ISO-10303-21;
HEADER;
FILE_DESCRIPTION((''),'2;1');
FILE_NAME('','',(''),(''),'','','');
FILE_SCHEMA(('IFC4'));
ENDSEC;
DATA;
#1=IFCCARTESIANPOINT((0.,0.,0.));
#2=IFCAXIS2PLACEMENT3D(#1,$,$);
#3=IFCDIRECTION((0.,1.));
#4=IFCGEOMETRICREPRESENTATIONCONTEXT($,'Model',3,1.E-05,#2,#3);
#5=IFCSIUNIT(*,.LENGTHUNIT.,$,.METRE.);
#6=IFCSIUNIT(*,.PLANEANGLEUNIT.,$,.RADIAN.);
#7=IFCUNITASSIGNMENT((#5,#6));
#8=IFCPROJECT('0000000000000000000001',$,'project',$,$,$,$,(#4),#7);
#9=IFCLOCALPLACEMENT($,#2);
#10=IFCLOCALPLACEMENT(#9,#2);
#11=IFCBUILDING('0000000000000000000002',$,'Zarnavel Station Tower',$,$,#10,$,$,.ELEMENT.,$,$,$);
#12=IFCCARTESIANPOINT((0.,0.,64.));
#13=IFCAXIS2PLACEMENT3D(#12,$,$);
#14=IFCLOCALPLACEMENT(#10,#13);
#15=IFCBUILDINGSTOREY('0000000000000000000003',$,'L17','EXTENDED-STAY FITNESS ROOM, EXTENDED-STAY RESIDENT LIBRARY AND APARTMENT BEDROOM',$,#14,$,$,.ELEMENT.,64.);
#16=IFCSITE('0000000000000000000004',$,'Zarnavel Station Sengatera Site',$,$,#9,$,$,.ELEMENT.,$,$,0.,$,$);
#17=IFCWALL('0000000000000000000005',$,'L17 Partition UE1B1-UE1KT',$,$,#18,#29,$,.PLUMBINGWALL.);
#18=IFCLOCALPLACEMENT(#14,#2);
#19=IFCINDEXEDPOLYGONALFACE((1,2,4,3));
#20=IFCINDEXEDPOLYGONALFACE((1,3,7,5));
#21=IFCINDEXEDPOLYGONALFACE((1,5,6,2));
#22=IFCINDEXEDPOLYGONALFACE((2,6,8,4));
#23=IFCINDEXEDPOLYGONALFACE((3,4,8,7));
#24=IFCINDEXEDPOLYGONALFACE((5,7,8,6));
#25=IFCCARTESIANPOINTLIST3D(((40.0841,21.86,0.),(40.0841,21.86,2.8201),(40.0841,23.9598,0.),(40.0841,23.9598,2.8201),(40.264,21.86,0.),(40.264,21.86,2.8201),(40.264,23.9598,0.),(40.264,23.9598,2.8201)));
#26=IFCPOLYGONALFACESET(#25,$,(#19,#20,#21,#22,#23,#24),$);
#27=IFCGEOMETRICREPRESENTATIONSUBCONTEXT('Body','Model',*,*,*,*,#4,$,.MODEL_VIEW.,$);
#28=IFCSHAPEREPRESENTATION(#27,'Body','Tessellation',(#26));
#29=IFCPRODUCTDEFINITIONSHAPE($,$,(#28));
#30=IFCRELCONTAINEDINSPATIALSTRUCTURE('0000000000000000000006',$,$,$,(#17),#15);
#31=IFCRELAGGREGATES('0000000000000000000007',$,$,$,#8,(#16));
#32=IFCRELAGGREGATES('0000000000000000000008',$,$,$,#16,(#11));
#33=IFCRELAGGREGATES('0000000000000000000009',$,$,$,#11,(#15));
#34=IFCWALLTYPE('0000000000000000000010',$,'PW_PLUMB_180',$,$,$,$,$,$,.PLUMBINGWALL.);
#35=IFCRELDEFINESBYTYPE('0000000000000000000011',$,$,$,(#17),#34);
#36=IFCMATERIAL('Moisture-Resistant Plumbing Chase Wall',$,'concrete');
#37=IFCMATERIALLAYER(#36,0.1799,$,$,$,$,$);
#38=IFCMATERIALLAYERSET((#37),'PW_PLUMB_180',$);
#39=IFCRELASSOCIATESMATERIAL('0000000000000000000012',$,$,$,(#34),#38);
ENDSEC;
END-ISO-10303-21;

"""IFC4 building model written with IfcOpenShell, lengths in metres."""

from ifc_helpers import new_model, si_unit, direction, frame, frame_2d, origin, place, context, subcontext, project, spatial, rectangle, extrude, material, layer, layer_set, type_object, element, save


model = new_model("IFC4")

# Units and contexts
model_context = context("Model", 3, precision=1e-05, world=origin(), true_north=direction((0.0, 1.0)))
body_context = subcontext(model_context, "Body", "Model", "MODEL_VIEW")
ifc_project = project(units=[si_unit("LENGTHUNIT", "METRE"), si_unit("PLANEANGLEUNIT", "RADIAN")], contexts=[model_context])

# Site, building, storey
site_placement = place(None, origin())
site = spatial("IfcSite", under=ifc_project, at=site_placement, Name="Zarnavel Station Sengatera Site", CompositionType="ELEMENT", RefElevation=0.0)
building_placement = place(site_placement, origin())
building = spatial("IfcBuilding", under=site, at=building_placement, Name="Zarnavel Station Tower", CompositionType="ELEMENT")
storey_placement = place(building_placement, frame((0.0, 0.0, 64.0)))
storey = spatial("IfcBuildingStorey", under=building, at=storey_placement, Name="L17", Description="EXTENDED-STAY FITNESS ROOM, EXTENDED-STAY RESIDENT LIBRARY AND APARTMENT BEDROOM", CompositionType="ELEMENT", Elevation=64.0)

# Wall
ifc_material_1 = material(Name="Moisture-Resistant Plumbing Chase Wall", Category="concrete")
ifc_layer_1 = layer(ifc_material_1, 0.1799)
ifc_layer_set_1 = layer_set([ifc_layer_1], Name="PW_PLUMB_180")
wall_type_1 = type_object("IfcWallType", Name="PW_PLUMB_180", PredefinedType="PLUMBINGWALL", material=ifc_layer_set_1)
wall_1_placement = place(storey_placement, frame((40.1741, 21.8601, 0.0), z_axis=(0.0, 0.0, 1.0), x_axis=(0.0, 1.0, 0.0)))
element("IfcWall", 1, at=wall_1_placement, inside=storey, type_object=wall_type_1, Name="L17 Partition UE1B1-UE1KT", PredefinedType="PLUMBINGWALL", context=body_context, shape_type="SweptSolid", body=[
    extrude(rectangle(XDim=2.0999, YDim=0.1799, at=frame_2d((1.0498, 0.0))), origin(), (0.0, 0.0, 1.0), 2.8201),
])

save(model, "model.ifc")
